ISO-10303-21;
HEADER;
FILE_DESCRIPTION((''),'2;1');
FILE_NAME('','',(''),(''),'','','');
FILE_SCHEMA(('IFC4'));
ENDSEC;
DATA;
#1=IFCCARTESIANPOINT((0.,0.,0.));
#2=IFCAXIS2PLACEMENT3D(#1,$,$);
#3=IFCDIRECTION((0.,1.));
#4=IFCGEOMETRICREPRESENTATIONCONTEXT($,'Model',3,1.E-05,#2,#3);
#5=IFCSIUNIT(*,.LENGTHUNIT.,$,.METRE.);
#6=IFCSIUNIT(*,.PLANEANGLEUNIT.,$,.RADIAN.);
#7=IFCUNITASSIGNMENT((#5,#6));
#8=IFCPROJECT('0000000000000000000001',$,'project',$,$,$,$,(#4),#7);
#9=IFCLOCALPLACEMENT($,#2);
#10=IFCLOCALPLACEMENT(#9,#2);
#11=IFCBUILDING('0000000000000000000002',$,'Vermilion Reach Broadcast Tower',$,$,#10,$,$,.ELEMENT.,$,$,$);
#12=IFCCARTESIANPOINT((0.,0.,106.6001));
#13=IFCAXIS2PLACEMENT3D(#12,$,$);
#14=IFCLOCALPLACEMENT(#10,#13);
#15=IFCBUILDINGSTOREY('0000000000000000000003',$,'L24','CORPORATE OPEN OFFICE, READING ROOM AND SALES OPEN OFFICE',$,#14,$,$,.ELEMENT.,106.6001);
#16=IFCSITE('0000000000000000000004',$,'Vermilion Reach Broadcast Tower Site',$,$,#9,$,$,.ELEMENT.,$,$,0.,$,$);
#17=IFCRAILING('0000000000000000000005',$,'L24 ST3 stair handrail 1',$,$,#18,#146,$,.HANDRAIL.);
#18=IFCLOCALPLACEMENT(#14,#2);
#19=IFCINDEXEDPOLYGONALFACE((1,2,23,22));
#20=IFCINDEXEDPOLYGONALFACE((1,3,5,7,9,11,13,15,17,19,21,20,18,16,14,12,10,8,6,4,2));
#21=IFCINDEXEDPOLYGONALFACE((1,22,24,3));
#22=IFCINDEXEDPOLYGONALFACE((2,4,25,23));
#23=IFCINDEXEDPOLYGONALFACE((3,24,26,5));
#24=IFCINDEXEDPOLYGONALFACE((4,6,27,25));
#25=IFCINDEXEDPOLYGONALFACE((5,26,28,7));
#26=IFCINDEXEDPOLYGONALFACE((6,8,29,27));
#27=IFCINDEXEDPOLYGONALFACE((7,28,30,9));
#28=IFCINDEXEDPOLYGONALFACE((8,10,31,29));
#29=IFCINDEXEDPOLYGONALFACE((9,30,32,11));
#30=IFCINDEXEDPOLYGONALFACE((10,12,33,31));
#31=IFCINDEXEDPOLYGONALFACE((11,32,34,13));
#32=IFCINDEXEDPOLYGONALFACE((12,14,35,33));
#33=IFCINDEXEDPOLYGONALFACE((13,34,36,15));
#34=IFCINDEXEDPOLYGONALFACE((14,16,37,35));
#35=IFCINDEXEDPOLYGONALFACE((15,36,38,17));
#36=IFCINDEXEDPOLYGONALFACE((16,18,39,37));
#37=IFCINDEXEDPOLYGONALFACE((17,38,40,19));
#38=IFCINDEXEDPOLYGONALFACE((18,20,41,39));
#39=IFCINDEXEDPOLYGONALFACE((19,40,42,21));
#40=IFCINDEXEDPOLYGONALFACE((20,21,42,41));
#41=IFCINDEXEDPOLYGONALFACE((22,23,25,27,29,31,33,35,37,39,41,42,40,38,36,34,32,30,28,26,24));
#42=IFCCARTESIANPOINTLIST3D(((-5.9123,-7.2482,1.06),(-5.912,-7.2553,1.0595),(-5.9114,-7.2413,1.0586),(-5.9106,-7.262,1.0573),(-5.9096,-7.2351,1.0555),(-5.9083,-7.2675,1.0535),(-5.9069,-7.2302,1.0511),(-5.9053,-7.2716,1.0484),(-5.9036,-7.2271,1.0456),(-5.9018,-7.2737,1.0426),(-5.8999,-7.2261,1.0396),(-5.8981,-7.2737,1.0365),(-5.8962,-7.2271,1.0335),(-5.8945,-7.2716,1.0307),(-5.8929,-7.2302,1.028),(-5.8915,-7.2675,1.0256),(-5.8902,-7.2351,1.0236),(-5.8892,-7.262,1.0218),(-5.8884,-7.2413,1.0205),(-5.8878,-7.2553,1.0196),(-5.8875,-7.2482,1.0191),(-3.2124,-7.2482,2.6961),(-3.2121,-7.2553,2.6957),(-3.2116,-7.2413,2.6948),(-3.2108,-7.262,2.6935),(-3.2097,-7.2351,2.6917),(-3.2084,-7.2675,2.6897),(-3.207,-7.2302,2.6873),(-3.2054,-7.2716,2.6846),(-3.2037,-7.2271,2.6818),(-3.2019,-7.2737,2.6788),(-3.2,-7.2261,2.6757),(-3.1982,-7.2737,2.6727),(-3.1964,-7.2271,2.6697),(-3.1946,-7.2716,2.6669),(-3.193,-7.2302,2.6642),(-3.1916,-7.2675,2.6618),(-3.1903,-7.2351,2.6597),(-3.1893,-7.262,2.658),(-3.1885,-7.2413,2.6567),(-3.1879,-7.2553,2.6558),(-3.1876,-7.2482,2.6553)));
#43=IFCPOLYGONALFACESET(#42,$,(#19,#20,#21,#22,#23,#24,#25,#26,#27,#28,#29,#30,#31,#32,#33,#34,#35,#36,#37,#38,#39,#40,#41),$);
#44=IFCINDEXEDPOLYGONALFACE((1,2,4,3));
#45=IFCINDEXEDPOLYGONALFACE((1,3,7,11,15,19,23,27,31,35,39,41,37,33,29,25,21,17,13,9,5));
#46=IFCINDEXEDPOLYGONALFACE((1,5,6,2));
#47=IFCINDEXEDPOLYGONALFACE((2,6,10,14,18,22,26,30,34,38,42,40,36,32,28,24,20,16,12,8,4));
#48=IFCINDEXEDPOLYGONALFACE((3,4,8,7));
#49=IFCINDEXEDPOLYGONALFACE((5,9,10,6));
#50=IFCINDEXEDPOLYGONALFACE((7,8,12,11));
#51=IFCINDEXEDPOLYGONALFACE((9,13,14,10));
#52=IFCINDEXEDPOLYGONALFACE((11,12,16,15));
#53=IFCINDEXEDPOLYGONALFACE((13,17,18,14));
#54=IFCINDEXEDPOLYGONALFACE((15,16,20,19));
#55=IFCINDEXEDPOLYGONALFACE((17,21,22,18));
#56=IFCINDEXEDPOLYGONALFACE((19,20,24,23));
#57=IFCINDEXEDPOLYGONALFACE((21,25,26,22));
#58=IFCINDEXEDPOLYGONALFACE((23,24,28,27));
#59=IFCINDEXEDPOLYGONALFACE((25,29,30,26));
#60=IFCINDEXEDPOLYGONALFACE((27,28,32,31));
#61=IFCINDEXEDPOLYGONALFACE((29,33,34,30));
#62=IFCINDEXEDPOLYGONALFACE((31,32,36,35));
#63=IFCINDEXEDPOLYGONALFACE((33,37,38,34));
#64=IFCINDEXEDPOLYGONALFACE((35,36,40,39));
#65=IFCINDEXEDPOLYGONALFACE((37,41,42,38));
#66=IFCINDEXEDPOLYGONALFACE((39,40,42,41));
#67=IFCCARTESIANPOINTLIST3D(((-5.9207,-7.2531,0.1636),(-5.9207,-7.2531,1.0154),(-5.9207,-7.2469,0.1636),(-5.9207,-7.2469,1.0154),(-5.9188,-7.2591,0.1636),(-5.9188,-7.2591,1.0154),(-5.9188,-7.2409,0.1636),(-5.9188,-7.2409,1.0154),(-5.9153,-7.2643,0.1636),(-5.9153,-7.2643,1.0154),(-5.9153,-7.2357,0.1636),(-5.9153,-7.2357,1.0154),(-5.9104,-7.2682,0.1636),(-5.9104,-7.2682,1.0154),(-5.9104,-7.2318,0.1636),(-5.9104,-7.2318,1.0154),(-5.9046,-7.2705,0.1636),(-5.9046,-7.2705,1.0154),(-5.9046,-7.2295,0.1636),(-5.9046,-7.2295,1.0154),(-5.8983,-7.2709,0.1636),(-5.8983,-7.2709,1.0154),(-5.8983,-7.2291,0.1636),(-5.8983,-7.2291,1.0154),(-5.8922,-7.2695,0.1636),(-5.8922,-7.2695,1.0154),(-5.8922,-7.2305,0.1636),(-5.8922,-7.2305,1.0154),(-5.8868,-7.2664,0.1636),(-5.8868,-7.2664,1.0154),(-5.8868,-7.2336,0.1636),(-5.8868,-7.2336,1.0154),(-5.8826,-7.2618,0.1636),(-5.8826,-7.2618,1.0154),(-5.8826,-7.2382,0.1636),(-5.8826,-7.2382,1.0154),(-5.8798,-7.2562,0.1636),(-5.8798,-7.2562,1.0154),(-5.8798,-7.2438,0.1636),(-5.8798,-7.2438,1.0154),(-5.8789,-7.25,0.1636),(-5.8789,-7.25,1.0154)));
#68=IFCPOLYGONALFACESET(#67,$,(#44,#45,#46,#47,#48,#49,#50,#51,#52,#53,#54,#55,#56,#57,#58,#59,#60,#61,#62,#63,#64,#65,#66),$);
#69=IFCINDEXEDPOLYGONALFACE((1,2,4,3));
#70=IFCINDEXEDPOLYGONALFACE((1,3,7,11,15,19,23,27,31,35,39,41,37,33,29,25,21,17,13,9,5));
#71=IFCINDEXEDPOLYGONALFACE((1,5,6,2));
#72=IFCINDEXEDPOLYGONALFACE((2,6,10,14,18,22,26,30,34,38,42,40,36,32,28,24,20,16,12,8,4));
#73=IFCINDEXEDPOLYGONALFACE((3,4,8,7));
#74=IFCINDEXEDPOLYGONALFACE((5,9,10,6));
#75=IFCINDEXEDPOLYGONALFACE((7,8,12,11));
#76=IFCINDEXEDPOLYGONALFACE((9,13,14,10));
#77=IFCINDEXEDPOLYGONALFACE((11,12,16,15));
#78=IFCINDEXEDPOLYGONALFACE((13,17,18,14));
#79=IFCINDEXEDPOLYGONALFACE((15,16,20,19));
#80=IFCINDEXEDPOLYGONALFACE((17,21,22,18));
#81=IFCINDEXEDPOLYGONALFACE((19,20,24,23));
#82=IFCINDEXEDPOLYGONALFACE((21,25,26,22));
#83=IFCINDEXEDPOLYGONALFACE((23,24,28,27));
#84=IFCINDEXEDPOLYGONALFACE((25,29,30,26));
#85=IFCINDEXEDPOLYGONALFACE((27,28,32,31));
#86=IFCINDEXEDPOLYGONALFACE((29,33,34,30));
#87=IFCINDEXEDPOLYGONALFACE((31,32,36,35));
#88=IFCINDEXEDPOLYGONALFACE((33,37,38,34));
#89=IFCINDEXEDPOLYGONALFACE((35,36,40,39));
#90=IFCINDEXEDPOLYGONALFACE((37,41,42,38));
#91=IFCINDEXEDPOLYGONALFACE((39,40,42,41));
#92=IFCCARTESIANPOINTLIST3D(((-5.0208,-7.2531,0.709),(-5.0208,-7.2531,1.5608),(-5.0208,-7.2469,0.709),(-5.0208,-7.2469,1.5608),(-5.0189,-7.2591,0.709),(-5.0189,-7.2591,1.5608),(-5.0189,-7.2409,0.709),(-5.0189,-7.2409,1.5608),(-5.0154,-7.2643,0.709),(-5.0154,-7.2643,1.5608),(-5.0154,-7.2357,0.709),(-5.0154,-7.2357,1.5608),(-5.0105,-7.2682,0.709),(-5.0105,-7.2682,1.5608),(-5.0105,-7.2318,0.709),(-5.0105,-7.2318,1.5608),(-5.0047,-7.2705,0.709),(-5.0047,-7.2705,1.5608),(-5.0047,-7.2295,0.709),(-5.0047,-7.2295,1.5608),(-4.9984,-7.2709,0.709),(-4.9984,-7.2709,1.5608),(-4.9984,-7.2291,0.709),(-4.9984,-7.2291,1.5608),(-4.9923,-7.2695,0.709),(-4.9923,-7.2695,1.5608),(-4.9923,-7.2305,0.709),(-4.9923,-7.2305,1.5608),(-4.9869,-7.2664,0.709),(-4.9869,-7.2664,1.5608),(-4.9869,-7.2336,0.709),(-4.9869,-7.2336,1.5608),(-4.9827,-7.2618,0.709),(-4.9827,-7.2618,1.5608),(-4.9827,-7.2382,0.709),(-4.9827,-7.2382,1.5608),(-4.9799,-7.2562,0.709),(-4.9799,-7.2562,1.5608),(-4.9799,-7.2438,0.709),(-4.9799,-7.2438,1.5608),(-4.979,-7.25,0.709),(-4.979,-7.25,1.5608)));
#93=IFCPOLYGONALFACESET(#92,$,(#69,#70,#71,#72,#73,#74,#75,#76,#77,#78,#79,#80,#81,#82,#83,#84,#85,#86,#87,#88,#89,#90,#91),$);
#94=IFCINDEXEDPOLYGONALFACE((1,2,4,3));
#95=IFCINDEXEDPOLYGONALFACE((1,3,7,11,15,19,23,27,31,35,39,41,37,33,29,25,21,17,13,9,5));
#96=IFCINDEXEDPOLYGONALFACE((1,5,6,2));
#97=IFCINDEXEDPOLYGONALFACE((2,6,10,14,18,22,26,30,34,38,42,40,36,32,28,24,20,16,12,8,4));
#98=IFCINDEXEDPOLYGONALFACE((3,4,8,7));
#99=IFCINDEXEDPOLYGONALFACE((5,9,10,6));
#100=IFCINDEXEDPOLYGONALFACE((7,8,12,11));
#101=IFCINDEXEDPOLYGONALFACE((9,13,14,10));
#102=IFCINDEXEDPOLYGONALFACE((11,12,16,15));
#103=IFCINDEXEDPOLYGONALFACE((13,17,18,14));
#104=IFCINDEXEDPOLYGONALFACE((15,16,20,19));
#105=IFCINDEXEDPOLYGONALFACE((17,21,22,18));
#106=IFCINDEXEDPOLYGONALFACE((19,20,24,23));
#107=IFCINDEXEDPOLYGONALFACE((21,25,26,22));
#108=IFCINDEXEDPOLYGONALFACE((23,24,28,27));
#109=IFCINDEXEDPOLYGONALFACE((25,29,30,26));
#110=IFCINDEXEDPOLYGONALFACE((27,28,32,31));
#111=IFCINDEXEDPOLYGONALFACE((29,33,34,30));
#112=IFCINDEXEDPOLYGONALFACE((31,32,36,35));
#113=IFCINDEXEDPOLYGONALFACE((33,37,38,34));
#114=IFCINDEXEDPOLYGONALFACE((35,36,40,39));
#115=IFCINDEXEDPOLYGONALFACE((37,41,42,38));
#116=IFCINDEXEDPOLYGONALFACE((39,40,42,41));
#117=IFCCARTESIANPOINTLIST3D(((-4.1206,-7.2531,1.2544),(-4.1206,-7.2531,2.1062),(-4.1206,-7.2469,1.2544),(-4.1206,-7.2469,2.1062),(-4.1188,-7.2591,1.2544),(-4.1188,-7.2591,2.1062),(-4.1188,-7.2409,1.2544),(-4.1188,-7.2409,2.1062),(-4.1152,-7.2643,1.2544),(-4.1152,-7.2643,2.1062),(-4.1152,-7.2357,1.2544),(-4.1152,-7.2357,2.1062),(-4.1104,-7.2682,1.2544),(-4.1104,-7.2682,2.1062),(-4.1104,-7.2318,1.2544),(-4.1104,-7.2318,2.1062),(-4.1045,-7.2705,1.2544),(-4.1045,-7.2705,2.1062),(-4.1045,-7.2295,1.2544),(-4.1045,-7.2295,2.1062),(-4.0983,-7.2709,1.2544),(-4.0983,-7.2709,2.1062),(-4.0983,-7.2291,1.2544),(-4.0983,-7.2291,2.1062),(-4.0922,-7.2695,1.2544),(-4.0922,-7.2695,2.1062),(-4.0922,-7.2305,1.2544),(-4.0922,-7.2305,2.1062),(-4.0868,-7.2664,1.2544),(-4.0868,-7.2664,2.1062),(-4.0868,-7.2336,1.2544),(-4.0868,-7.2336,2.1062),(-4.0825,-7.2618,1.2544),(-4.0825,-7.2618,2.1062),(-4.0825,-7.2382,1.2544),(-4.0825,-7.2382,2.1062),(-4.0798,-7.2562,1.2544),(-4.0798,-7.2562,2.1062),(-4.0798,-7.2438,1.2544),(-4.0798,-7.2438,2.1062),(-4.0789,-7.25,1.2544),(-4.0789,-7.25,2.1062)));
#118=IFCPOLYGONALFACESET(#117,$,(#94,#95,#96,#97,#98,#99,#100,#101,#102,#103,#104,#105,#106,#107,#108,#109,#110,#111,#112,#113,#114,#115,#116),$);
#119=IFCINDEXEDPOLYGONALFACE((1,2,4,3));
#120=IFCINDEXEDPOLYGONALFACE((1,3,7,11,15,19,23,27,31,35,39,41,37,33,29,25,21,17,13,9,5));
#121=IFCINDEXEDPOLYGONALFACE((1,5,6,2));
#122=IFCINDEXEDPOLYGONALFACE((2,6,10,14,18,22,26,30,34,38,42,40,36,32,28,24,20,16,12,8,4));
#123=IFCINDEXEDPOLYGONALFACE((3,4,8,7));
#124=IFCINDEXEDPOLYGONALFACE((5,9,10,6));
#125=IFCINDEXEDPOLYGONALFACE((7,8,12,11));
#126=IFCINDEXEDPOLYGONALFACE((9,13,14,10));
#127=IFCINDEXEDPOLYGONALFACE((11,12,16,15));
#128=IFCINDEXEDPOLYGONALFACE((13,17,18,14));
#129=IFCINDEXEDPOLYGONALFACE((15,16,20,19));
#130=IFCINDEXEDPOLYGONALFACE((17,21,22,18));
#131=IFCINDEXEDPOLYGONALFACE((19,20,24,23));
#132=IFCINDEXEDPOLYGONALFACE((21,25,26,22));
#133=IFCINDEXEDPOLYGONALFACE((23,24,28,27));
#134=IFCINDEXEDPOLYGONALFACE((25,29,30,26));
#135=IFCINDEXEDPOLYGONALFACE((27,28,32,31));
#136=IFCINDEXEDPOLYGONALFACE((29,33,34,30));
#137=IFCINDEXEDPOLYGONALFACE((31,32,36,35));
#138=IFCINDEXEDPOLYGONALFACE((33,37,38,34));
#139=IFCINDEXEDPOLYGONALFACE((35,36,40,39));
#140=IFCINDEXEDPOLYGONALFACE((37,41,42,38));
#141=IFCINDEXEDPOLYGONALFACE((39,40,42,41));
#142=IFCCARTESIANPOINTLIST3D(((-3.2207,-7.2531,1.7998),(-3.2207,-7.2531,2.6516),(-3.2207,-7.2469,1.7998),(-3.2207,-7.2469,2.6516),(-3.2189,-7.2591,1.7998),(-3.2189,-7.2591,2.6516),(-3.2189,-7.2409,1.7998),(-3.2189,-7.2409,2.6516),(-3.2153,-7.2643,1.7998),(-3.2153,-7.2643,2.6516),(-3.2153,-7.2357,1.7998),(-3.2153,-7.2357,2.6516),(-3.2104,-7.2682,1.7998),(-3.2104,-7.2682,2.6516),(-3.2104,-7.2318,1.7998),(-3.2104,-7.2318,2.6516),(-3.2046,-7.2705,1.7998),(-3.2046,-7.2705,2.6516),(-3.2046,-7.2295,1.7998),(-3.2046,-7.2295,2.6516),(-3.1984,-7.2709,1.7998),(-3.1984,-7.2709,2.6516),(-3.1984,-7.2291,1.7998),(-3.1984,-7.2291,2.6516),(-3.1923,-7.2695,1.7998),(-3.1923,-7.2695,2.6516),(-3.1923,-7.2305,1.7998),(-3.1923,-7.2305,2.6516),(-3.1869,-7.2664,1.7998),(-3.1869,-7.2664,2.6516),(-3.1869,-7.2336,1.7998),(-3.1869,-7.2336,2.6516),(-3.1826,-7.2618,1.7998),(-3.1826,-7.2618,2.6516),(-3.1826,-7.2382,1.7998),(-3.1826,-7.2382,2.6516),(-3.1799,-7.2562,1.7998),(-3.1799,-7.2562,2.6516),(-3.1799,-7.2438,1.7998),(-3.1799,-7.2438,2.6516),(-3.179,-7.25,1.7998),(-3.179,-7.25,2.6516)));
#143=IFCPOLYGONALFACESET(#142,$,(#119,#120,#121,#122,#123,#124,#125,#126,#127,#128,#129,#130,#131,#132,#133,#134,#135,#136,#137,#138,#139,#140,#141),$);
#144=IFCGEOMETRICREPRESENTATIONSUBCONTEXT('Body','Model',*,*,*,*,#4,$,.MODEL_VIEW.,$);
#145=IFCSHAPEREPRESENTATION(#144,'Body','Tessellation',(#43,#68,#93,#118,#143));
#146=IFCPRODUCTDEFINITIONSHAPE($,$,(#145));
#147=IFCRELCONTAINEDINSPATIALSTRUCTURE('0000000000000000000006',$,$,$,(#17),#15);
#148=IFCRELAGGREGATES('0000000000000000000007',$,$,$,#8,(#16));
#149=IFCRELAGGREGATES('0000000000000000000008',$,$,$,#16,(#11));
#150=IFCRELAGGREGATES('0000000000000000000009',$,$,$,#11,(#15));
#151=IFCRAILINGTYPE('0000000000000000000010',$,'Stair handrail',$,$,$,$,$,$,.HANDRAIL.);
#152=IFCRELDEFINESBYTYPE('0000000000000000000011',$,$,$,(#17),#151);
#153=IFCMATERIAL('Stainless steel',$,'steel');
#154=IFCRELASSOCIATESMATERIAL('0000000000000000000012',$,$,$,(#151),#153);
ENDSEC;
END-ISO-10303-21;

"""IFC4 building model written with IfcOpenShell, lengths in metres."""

from ifc_helpers import new_model, si_unit, direction, frame, origin, origin_2d, place, context, subcontext, project, spatial, circle, extrude, material, type_object, element, save


model = new_model("IFC4")

# Units and contexts
model_context = context("Model", 3, precision=1e-05, world=origin(), true_north=direction((0.0, 1.0)))
body_context = subcontext(model_context, "Body", "Model", "MODEL_VIEW")
ifc_project = project(units=[si_unit("LENGTHUNIT", "METRE"), si_unit("PLANEANGLEUNIT", "RADIAN")], contexts=[model_context])

# Site, building, storey
site_placement = place(None, origin())
site = spatial("IfcSite", under=ifc_project, at=site_placement, Name="Vermilion Reach Broadcast Tower Site", CompositionType="ELEMENT", RefElevation=0.0)
building_placement = place(site_placement, origin())
building = spatial("IfcBuilding", under=site, at=building_placement, Name="Vermilion Reach Broadcast Tower", CompositionType="ELEMENT")
storey_placement = place(building_placement, frame((0.0, 0.0, 106.6001)))
storey = spatial("IfcBuildingStorey", under=building, at=storey_placement, Name="L24", Description="CORPORATE OPEN OFFICE, READING ROOM AND SALES OPEN OFFICE", CompositionType="ELEMENT", Elevation=106.6001)

# Railing
ifc_material_1 = material(Name="Stainless steel", Category="steel")
railing_type_1 = type_object("IfcRailingType", Name="Stair handrail", PredefinedType="HANDRAIL", material=ifc_material_1)
railing_1_placement = place(storey_placement, frame((-5.8999, -7.25, 0.1636)))
element("IfcRailing", 1, at=railing_1_placement, inside=storey, type_object=railing_type_1, Name="L24 ST3 stair handrail 1", PredefinedType="HANDRAIL", context=body_context, shape_type="SweptSolid", body=[
    extrude(circle(Radius=0.0239, at=origin_2d()), frame((0.0, 0.0, 0.876), z_axis=(0.855212, 0.0, 0.518278), x_axis=(0.0, 1.0, 0.0)), (0.0, 0.0, 1.0), 3.157),
    extrude(circle(Radius=0.021, at=origin_2d()), origin(), (0.0, 0.0, 1.0), 0.8518),
    extrude(circle(Radius=0.021, at=origin_2d()), frame((0.8999, 0.0, 0.5454)), (0.0, 0.0, 1.0), 0.8518),
    extrude(circle(Radius=0.021, at=origin_2d()), frame((1.8, 0.0, 1.0908)), (0.0, 0.0, 1.0), 0.8518),
    extrude(circle(Radius=0.021, at=origin_2d()), frame((2.7, 0.0, 1.6362)), (0.0, 0.0, 1.0), 0.8518),
])

save(model, "model.ifc")
